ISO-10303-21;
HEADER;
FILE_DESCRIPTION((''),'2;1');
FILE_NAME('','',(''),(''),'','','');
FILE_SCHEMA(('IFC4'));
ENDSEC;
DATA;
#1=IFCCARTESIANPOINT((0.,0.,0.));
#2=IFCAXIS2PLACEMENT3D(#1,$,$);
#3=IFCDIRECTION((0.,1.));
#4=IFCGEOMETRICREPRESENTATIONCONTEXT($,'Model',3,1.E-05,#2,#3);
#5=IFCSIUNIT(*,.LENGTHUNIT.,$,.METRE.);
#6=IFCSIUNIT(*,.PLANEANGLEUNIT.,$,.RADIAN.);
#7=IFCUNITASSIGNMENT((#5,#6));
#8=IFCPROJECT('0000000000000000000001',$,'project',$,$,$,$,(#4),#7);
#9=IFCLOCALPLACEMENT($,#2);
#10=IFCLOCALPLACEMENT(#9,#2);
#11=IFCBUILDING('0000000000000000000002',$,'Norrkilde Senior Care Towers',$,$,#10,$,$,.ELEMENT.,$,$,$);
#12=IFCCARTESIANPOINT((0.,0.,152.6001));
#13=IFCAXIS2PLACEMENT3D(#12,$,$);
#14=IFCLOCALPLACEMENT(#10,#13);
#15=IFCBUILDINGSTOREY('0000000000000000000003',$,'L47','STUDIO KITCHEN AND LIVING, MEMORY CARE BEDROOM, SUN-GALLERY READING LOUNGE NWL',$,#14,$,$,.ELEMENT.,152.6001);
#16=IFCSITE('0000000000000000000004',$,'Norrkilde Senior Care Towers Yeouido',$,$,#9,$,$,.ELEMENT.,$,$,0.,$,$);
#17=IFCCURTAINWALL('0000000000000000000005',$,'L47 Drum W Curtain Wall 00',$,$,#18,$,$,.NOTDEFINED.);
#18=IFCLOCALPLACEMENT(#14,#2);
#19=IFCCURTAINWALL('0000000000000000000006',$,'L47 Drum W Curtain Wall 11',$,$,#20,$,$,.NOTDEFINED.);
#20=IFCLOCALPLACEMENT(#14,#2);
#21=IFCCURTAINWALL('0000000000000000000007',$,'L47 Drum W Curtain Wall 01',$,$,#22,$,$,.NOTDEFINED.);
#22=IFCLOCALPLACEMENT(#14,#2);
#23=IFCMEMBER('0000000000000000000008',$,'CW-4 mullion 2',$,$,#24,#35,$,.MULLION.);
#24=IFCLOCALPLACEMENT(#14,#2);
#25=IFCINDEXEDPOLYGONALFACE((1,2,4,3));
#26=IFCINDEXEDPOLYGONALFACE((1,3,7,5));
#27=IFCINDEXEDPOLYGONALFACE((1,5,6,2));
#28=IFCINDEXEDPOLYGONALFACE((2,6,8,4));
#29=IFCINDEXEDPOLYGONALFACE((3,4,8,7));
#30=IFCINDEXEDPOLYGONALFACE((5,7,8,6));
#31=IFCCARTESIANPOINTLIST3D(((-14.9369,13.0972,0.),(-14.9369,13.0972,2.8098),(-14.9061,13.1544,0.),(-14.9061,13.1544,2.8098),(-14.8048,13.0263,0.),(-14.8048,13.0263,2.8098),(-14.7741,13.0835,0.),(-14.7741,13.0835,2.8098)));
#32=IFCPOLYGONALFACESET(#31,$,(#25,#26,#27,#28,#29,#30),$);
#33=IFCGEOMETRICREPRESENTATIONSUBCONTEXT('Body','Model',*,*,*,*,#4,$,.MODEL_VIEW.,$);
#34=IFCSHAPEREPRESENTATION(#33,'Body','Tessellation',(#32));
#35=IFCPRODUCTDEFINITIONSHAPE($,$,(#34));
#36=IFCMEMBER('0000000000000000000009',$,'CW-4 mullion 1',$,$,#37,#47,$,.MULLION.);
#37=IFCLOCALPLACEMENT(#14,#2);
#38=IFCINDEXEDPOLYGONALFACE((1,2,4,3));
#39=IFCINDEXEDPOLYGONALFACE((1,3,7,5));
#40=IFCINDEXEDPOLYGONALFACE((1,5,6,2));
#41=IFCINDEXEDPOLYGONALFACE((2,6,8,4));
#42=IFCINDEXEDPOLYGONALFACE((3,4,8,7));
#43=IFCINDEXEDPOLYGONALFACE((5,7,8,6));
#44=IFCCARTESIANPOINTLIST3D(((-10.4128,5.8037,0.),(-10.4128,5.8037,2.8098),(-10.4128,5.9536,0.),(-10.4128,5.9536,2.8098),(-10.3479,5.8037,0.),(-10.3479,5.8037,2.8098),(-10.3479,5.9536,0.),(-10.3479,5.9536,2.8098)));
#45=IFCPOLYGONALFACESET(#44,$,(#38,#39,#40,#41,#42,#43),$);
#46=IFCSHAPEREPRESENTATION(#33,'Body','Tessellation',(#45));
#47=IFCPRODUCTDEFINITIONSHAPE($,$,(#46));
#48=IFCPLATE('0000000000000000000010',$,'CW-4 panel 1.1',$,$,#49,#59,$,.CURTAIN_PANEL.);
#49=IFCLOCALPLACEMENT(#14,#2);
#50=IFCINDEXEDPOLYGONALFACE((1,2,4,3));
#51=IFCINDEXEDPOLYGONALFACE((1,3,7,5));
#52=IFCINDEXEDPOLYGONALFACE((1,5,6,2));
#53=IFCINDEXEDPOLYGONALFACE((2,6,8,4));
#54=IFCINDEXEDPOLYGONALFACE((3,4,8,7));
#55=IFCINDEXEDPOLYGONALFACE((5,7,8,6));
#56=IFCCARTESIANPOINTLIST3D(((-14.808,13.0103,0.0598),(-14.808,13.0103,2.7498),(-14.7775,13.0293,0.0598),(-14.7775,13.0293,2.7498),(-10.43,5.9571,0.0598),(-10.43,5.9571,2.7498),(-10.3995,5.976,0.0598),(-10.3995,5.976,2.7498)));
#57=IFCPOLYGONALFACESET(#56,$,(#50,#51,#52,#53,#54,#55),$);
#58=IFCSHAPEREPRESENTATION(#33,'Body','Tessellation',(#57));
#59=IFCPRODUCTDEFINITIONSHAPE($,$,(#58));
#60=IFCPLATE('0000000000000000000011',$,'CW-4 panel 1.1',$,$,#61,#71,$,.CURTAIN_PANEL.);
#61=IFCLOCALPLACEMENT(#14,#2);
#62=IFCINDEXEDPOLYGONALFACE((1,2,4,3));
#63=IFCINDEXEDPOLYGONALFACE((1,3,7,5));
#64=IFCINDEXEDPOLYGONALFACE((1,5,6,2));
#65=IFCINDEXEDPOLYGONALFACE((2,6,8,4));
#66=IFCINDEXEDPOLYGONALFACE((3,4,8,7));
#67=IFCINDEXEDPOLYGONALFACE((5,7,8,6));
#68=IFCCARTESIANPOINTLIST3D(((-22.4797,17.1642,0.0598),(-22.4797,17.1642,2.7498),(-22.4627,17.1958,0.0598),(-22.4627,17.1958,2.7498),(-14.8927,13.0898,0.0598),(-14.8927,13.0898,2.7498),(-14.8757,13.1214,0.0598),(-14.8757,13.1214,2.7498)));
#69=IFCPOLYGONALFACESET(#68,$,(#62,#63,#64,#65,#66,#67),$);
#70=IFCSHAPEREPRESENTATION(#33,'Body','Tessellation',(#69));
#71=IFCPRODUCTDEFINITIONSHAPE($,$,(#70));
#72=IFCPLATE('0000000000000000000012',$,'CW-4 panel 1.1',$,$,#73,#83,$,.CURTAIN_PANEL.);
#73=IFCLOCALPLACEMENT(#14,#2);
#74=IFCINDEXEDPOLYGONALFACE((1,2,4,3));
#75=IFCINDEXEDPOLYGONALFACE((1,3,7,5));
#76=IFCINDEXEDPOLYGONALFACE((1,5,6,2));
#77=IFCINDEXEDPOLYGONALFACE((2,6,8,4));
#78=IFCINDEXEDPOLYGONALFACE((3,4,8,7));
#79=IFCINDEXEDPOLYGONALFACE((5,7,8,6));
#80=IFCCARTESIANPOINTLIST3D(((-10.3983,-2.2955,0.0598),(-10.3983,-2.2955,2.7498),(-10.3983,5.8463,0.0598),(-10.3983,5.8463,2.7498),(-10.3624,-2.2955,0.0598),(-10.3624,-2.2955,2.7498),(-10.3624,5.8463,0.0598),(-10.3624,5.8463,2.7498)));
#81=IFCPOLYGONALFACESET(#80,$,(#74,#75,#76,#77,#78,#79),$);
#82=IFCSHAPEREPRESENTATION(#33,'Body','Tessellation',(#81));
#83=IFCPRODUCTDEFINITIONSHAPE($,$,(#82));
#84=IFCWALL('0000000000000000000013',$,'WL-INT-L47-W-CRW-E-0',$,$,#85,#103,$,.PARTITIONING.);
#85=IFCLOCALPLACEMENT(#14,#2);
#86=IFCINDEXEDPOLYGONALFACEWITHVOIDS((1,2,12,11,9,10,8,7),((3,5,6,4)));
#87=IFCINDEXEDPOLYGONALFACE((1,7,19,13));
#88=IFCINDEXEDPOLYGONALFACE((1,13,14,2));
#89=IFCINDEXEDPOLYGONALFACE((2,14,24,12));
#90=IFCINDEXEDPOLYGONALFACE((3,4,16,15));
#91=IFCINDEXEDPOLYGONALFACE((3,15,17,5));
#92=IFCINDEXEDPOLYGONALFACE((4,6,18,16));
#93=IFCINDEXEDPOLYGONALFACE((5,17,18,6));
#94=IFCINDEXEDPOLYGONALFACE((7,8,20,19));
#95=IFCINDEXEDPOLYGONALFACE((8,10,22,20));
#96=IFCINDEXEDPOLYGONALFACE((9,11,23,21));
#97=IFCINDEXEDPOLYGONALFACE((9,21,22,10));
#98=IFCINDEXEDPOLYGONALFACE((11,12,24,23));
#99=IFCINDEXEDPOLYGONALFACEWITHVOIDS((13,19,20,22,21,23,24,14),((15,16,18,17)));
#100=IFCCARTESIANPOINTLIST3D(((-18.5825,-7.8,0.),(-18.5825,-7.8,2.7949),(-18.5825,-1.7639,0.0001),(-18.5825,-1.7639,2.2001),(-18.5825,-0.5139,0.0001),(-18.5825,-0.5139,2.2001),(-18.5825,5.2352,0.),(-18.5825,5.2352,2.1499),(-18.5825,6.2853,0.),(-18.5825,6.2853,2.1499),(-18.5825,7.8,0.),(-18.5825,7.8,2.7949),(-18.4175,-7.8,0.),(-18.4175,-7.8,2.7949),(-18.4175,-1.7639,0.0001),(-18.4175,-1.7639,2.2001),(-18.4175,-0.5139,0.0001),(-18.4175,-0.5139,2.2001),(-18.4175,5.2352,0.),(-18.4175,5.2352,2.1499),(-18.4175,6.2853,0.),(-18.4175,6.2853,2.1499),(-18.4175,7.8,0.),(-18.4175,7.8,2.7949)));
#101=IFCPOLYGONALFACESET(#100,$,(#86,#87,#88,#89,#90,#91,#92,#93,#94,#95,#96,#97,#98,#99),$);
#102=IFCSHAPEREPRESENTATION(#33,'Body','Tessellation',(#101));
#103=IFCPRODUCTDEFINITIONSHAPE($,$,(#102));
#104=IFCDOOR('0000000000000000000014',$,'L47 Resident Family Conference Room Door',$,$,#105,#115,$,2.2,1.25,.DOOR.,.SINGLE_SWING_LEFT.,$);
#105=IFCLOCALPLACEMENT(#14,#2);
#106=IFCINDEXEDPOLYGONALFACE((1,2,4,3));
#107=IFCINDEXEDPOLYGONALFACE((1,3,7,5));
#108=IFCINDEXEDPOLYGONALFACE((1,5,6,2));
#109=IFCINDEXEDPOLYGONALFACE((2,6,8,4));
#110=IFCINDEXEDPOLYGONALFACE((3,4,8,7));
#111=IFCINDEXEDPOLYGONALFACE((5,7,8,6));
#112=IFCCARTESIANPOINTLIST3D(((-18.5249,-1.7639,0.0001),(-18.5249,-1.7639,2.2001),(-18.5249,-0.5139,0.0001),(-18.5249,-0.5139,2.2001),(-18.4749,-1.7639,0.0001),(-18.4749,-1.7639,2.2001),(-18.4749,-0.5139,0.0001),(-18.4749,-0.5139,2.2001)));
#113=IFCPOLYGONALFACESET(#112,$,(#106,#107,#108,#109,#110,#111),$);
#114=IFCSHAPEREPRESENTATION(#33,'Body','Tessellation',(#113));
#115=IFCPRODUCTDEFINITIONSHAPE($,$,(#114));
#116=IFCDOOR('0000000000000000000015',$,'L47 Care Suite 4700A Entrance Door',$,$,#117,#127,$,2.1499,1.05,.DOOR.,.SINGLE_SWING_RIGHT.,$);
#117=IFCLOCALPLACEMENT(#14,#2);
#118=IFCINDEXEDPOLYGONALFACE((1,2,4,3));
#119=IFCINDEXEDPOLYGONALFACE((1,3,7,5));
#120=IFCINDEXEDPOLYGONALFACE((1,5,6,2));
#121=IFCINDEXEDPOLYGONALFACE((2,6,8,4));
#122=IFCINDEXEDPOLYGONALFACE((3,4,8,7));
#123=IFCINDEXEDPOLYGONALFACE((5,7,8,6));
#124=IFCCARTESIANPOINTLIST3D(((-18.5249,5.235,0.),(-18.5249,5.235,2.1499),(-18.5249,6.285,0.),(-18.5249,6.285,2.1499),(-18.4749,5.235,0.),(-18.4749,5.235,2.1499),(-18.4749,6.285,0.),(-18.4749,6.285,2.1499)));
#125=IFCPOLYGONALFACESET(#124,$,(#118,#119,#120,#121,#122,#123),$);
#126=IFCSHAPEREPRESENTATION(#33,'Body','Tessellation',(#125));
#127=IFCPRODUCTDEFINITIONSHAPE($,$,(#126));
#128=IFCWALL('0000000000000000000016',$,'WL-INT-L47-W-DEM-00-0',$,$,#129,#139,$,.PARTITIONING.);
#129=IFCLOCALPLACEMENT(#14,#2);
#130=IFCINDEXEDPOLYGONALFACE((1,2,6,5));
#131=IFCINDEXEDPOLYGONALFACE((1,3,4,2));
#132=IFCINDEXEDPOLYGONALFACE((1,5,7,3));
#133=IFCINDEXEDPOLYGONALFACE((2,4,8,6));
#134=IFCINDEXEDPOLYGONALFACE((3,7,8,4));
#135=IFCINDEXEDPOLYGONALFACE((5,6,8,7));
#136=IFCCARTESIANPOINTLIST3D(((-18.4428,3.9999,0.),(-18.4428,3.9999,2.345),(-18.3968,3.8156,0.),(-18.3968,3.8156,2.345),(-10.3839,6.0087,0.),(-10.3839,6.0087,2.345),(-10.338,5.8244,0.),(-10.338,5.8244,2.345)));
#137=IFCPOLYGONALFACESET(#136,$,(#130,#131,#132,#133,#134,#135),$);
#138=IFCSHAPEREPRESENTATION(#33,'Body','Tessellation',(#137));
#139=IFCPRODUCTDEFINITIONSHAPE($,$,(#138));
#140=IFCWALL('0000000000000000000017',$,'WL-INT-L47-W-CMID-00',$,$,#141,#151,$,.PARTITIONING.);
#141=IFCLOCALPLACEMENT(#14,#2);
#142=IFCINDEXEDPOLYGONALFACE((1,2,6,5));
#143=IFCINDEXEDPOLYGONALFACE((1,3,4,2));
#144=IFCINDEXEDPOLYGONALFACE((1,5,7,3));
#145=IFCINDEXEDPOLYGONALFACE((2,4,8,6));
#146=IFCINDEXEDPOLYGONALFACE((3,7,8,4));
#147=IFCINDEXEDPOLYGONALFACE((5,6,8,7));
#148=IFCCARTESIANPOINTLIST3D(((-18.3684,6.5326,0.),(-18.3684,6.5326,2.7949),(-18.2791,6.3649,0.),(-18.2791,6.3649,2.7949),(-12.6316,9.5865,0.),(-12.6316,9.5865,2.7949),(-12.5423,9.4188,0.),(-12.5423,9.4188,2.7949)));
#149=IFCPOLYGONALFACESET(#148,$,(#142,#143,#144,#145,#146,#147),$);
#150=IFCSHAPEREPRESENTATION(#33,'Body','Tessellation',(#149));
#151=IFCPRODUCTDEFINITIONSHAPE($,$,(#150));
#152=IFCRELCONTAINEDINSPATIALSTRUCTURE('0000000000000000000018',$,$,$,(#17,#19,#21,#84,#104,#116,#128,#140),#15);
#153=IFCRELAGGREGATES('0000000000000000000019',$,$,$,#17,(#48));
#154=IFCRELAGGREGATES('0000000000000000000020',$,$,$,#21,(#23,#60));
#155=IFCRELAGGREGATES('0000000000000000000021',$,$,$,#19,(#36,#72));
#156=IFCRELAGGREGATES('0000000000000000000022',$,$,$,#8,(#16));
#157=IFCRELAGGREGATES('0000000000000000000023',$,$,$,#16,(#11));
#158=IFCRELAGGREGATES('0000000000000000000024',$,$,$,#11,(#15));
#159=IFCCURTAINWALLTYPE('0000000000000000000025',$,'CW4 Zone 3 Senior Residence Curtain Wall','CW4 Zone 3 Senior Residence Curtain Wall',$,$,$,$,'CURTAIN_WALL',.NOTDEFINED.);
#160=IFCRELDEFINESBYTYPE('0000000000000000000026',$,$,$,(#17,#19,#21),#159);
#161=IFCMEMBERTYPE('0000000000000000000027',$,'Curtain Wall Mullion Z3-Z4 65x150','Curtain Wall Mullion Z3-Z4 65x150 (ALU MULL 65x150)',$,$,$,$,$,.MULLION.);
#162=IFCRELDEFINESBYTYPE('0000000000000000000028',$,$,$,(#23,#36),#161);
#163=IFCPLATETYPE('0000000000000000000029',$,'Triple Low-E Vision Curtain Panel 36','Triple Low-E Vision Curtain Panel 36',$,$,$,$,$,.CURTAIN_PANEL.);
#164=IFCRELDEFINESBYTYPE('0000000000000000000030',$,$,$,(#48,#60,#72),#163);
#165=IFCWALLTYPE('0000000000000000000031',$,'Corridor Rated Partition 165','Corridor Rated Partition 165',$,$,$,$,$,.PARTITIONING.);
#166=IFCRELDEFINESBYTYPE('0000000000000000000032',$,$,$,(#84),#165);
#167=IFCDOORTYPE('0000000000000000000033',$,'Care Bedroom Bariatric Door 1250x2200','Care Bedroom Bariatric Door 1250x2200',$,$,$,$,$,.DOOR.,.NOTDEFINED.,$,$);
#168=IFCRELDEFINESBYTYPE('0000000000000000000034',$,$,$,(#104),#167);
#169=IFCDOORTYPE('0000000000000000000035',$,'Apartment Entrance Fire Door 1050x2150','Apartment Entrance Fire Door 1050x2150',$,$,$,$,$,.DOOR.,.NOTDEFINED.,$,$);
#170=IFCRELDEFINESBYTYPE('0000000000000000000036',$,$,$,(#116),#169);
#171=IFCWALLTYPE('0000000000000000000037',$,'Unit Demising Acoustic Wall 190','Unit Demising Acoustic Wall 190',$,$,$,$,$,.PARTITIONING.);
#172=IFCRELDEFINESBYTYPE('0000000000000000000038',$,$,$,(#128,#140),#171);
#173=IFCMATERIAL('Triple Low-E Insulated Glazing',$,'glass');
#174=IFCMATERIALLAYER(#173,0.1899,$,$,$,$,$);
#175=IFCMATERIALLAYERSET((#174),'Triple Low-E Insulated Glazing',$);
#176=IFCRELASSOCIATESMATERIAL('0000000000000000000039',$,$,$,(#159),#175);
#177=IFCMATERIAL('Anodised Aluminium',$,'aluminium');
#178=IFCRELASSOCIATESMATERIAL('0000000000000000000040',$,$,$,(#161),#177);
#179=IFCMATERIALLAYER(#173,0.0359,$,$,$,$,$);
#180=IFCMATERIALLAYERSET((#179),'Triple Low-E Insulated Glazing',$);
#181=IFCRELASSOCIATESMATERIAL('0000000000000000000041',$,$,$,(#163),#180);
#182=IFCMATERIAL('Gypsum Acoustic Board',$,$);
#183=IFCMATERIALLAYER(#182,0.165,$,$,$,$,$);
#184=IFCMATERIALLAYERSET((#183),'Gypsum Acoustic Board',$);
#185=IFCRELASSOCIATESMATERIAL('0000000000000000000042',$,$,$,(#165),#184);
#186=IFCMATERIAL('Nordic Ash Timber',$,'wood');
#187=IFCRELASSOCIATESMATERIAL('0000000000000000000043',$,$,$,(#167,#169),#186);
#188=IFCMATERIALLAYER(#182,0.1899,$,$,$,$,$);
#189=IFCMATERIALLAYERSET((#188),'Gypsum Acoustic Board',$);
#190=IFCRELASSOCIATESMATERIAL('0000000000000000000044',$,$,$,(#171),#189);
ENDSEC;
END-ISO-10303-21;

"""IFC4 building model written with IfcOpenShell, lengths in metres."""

from ifc_helpers import new_model, si_unit, direction, frame, frame_2d, origin, origin_2d, place, context, subcontext, project, spatial, rectangle, extrude, source, transform, mapped, material, layer, layer_set, material_profile, profile_set, type_object, type_shapes, element, fill, aggregate, save


model = new_model("IFC4")

# Units and contexts
model_context = context("Model", 3, precision=1e-05, world=origin(), true_north=direction((0.0, 1.0)))
body_context = subcontext(model_context, "Body", "Model", "MODEL_VIEW")
ifc_project = project(units=[si_unit("LENGTHUNIT", "METRE"), si_unit("PLANEANGLEUNIT", "RADIAN")], contexts=[model_context])

# Site, building, storey
site_placement = place(None, origin())
site = spatial("IfcSite", under=ifc_project, at=site_placement, Name="Norrkilde Senior Care Towers Yeouido", CompositionType="ELEMENT", RefElevation=0.0)
building_placement = place(site_placement, origin())
building = spatial("IfcBuilding", under=site, at=building_placement, Name="Norrkilde Senior Care Towers", CompositionType="ELEMENT")
storey_placement = place(building_placement, frame((0.0, 0.0, 152.6001)))
storey = spatial("IfcBuildingStorey", under=building, at=storey_placement, Name="L47", Description="STUDIO KITCHEN AND LIVING, MEMORY CARE BEDROOM, SUN-GALLERY READING LOUNGE NWL", CompositionType="ELEMENT", Elevation=152.6001)

# Curtain walls
ifc_material_1 = material(Name="Triple Low-E Insulated Glazing", Category="glass")
ifc_layer_1 = layer(ifc_material_1, 0.1899)
ifc_layer_set_1 = layer_set([ifc_layer_1], Name="Triple Low-E Insulated Glazing")
curtain_wall_type = type_object("IfcCurtainWallType", Name="CW4 Zone 3 Senior Residence Curtain Wall", Description="CW4 Zone 3 Senior Residence Curtain Wall", ElementType="CURTAIN_WALL", PredefinedType="NOTDEFINED", material=ifc_layer_set_1)
curtain_wall_1_placement = place(storey_placement, origin())
curtain_wall_1 = element("IfcCurtainWall", 1, at=curtain_wall_1_placement, inside=storey, type_object=curtain_wall_type, Name="L47 Drum W Curtain Wall 00", PredefinedType="NOTDEFINED")
ifc_material_2 = material(Name="Anodised Aluminium", Category="aluminium")
curtain_wall_2_placement = place(storey_placement, origin())
curtain_wall_2 = element("IfcCurtainWall", 2, at=curtain_wall_2_placement, inside=storey, type_object=curtain_wall_type, Name="L47 Drum W Curtain Wall 11", PredefinedType="NOTDEFINED")

# Shared definitions
ifc_material_profile_1 = material_profile(ifc_material_2, rectangle(XDim=0.0649, YDim=0.1499, at=origin_2d()), Name="ALU MULL 65x150")
ifc_profile_set_1 = profile_set([ifc_material_profile_1], Name="Anodised Aluminium")
member_type_1 = type_object("IfcMemberType", Name="Curtain Wall Mullion Z3-Z4 65x150", Description="Curtain Wall Mullion Z3-Z4 65x150 (ALU MULL 65x150)", PredefinedType="MULLION", material=ifc_profile_set_1)
shared_shape_1 = source(origin(), body_context, "Body", "SweptSolid", [
    extrude(rectangle(XDim=0.0649, YDim=0.1499, at=origin_2d()), origin(), (0.0, 0.0, 1.0), 2.8098),
])
type_shapes(member_type_1, [shared_shape_1])

# Curtain wall, member
curtain_wall_3_placement = place(storey_placement, origin())
curtain_wall_3 = element("IfcCurtainWall", 3, at=curtain_wall_3_placement, inside=storey, type_object=curtain_wall_type, Name="L47 Drum W Curtain Wall 01", PredefinedType="NOTDEFINED")
member_1_placement = place(storey_placement, frame((-14.8555, 13.0903, 0.0), z_axis=(0.0, 0.0, 1.0), x_axis=(0.473117, 0.881, 0.0)))
member_1 = element("IfcMember", 4, at=member_1_placement, type_object=member_type_1, Name="CW-4 mullion 2", PredefinedType="MULLION", context=body_context, shape_type="MappedRepresentation", body=[
    mapped(shared_shape_1, transform((0.0, 0.0, 0.0), x_axis=(1.0, 0.0, 0.0), y_axis=(0.0, 1.0, 0.0), z_axis=(0.0, 0.0, 1.0), scale=1.0)),
])

# Member
member_2_placement = place(storey_placement, frame((-10.3804, 5.8787, 0.0), z_axis=(0.0, 0.0, 1.0), x_axis=(1.0, 0.0, 0.0)))
member_2 = element("IfcMember", 5, at=member_2_placement, type_object=member_type_1, Name="CW-4 mullion 1", PredefinedType="MULLION", context=body_context, shape_type="MappedRepresentation", body=[
    mapped(shared_shape_1, transform((0.0, 0.0, 0.0), x_axis=(1.0, 0.0, 0.0), y_axis=(0.0, 1.0, 0.0), z_axis=(0.0, 0.0, 1.0), scale=1.0)),
])

# Plates
ifc_layer_2 = layer(ifc_material_1, 0.0359)
ifc_layer_set_2 = layer_set([ifc_layer_2], Name="Triple Low-E Insulated Glazing")
plate_type = type_object("IfcPlateType", Name="Triple Low-E Vision Curtain Panel 36", Description="Triple Low-E Vision Curtain Panel 36", PredefinedType="CURTAIN_PANEL", material=ifc_layer_set_2)
shared_shape_2 = source(origin(), body_context, "Body", "SweptSolid", [
    extrude(rectangle(XDim=8.3015, YDim=0.0359, at=origin_2d()), origin(), (0.0, 0.0, 1.0), 2.6899),
])
plate_1_placement = place(storey_placement, frame((-12.6038, 9.4932, 0.0598), z_axis=(0.0, 0.0, 1.0), x_axis=(0.527373, -0.849634, 0.0)))
plate_1 = element("IfcPlate", 6, at=plate_1_placement, type_object=plate_type, Name="CW-4 panel 1.1", PredefinedType="CURTAIN_PANEL", context=body_context, shape_type="MappedRepresentation", body=[
    mapped(shared_shape_2, transform((0.0, 0.0, 0.0), x_axis=(1.0, 0.0, 0.0), y_axis=(0.0, 1.0, 0.0), z_axis=(0.0, 0.0, 1.0), scale=1.0)),
])
aggregate(curtain_wall_1, [plate_1])
shared_shape_3 = source(origin(), body_context, "Body", "SweptSolid", [
    extrude(rectangle(XDim=8.6118, YDim=0.0359, at=origin_2d()), origin(), (0.0, 0.0, 1.0), 2.6899),
])
plate_2_placement = place(storey_placement, frame((-18.6777, 15.1428, 0.0598), z_axis=(0.0, 0.0, 1.0), x_axis=(0.881, -0.473117, 0.0)))
plate_2 = element("IfcPlate", 7, at=plate_2_placement, type_object=plate_type, Name="CW-4 panel 1.1", PredefinedType="CURTAIN_PANEL", context=body_context, shape_type="MappedRepresentation", body=[
    mapped(shared_shape_3, transform((0.0, 0.0, 0.0), x_axis=(1.0, 0.0, 0.0), y_axis=(0.0, 1.0, 0.0), z_axis=(0.0, 0.0, 1.0), scale=1.0)),
])
aggregate(curtain_wall_3, [member_1, plate_2])
shared_shape_4 = source(origin(), body_context, "Body", "SweptSolid", [
    extrude(rectangle(XDim=8.1418, YDim=0.0359, at=origin_2d()), origin(), (0.0, 0.0, 1.0), 2.6899),
])
type_shapes(plate_type, [shared_shape_2, shared_shape_3, shared_shape_4])
plate_3_placement = place(storey_placement, frame((-10.3804, 1.7754, 0.0598), z_axis=(0.0, 0.0, 1.0), x_axis=(0.0, -1.0, 0.0)))
plate_3 = element("IfcPlate", 8, at=plate_3_placement, type_object=plate_type, Name="CW-4 panel 1.1", PredefinedType="CURTAIN_PANEL", context=body_context, shape_type="MappedRepresentation", body=[
    mapped(shared_shape_4, transform((0.0, 0.0, 0.0), x_axis=(1.0, 0.0, 0.0), y_axis=(0.0, 1.0, 0.0), z_axis=(0.0, 0.0, 1.0), scale=1.0)),
])
aggregate(curtain_wall_2, [member_2, plate_3])

# Wall, openings, doors
ifc_material_3 = material(Name="Gypsum Acoustic Board")
ifc_layer_3 = layer(ifc_material_3, 0.165)
ifc_layer_set_3 = layer_set([ifc_layer_3], Name="Gypsum Acoustic Board")
wall_type_1 = type_object("IfcWallType", Name="Corridor Rated Partition 165", Description="Corridor Rated Partition 165", PredefinedType="PARTITIONING", material=ifc_layer_set_3)
shared_shape_5 = source(origin(), body_context, "Body", "SweptSolid", [
    extrude(rectangle(XDim=15.6001, YDim=0.165, at=frame_2d((7.8, 0.0))), origin(), (0.0, 0.0, 1.0), 2.7949),
])
type_shapes(wall_type_1, [shared_shape_5])
wall_1_placement = place(storey_placement, frame((-18.5, 7.8, 0.0), z_axis=(0.0, 0.0, 1.0), x_axis=(0.0, -1.0, 0.0)))
wall_1 = element("IfcWall", 9, at=wall_1_placement, inside=storey, type_object=wall_type_1, Name="WL-INT-L47-W-CRW-E-0", PredefinedType="PARTITIONING", context=body_context, shape_type="MappedRepresentation", body=[
    mapped(shared_shape_5, transform((0.0, 0.0, 0.0), x_axis=(1.0, 0.0, 0.0), y_axis=(0.0, 1.0, 0.0), z_axis=(0.0, 0.0, 1.0), scale=1.0)),
])
opening_1_placement = place(wall_1_placement, frame((8.314, 0.0, 0.0)))
opening_1 = element("IfcOpeningElement", 10, at=opening_1_placement, cuts=wall_1, PredefinedType="OPENING", context=body_context, shape_type="SweptSolid", body=[
    extrude(rectangle(XDim=1.25, YDim=2.2, at=frame_2d((0.625, 1.1001))), frame((0.0, 0.0925, 0.0), z_axis=(0.0, -1.0, 0.0), x_axis=(1.0, 0.0, 0.0)), (0.0, 0.0, 1.0), 0.1851),
])
opening_2_placement = place(wall_1_placement, frame((1.5149, 0.0, 0.0)))
opening_2 = element("IfcOpeningElement", 11, at=opening_2_placement, cuts=wall_1, PredefinedType="OPENING", context=body_context, shape_type="SweptSolid", body=[
    extrude(rectangle(XDim=1.05, YDim=2.1499, at=frame_2d((0.5249, 1.075))), frame((0.0, 0.0925, 0.0), z_axis=(0.0, -1.0, 0.0), x_axis=(1.0, 0.0, 0.0)), (0.0, 0.0, 1.0), 0.1851),
])
ifc_material_4 = material(Name="Nordic Ash Timber", Category="wood")
door_type_1 = type_object("IfcDoorType", Name="Care Bedroom Bariatric Door 1250x2200", Description="Care Bedroom Bariatric Door 1250x2200", OperationType="NOTDEFINED", PredefinedType="DOOR", material=ifc_material_4)
shared_shape_6 = source(origin(), body_context, "Body", "SweptSolid", [
    extrude(rectangle(XDim=1.25, YDim=2.2, at=frame_2d((0.625, 1.1001))), frame((0.0, 0.0249, 0.0), z_axis=(0.0, -1.0, 0.0), x_axis=(1.0, 0.0, 0.0)), (0.0, 0.0, 1.0), 0.05),
])
type_shapes(door_type_1, [shared_shape_6])
door_1_placement = place(opening_1_placement, frame((1.25, 0.0, 0.0), z_axis=(0.0, 0.0, 1.0), x_axis=(-1.0, 0.0, 0.0)))
door_1 = element("IfcDoor", 12, at=door_1_placement, inside=storey, type_object=door_type_1, Name="L47 Resident Family Conference Room Door", OperationType="SINGLE_SWING_LEFT", OverallHeight=2.2, OverallWidth=1.25, PredefinedType="DOOR", context=body_context, shape_type="MappedRepresentation", body=[
    mapped(shared_shape_6, transform((0.0, 0.0, 0.0), x_axis=(1.0, 0.0, 0.0), y_axis=(0.0, 1.0, 0.0), z_axis=(0.0, 0.0, 1.0), scale=1.0)),
])
fill(opening_1, door_1)
door_type_2 = type_object("IfcDoorType", Name="Apartment Entrance Fire Door 1050x2150", Description="Apartment Entrance Fire Door 1050x2150", OperationType="NOTDEFINED", PredefinedType="DOOR", material=ifc_material_4)
shared_shape_7 = source(origin(), body_context, "Body", "SweptSolid", [
    extrude(rectangle(XDim=1.05, YDim=2.1499, at=frame_2d((0.5249, 1.075))), frame((0.0, 0.0249, 0.0), z_axis=(0.0, -1.0, 0.0), x_axis=(1.0, 0.0, 0.0)), (0.0, 0.0, 1.0), 0.05),
])
type_shapes(door_type_2, [shared_shape_7])
door_2_placement = place(opening_2_placement, frame((1.05, 0.0, 0.0), z_axis=(0.0, 0.0, 1.0), x_axis=(-1.0, 0.0, 0.0)))
door_2 = element("IfcDoor", 13, at=door_2_placement, inside=storey, type_object=door_type_2, Name="L47 Care Suite 4700A Entrance Door", OperationType="SINGLE_SWING_RIGHT", OverallHeight=2.1499, OverallWidth=1.05, PredefinedType="DOOR", context=body_context, shape_type="MappedRepresentation", body=[
    mapped(shared_shape_7, transform((0.0, 0.0, 0.0), x_axis=(1.0, 0.0, 0.0), y_axis=(0.0, 1.0, 0.0), z_axis=(0.0, 0.0, 1.0), scale=1.0)),
])
fill(opening_2, door_2)

# Walls
ifc_layer_4 = layer(ifc_material_3, 0.1899)
ifc_layer_set_4 = layer_set([ifc_layer_4], Name="Gypsum Acoustic Board")
wall_type_2 = type_object("IfcWallType", Name="Unit Demising Acoustic Wall 190", Description="Unit Demising Acoustic Wall 190", PredefinedType="PARTITIONING", material=ifc_layer_set_4)
shared_shape_8 = source(origin(), body_context, "Body", "SweptSolid", [
    extrude(rectangle(XDim=8.3054, YDim=0.1899, at=frame_2d((4.1528, 0.0))), origin(), (0.0, 0.0, 1.0), 2.345),
])
wall_2_placement = place(storey_placement, frame((-18.4199, 3.9077, 0.0), z_axis=(0.0, 0.0, 1.0), x_axis=(0.97031, 0.241865, 0.0)))
element("IfcWall", 14, at=wall_2_placement, inside=storey, type_object=wall_type_2, Name="WL-INT-L47-W-DEM-00-0", PredefinedType="PARTITIONING", context=body_context, shape_type="MappedRepresentation", body=[
    mapped(shared_shape_8, transform((0.0, 0.0, 0.0), x_axis=(1.0, 0.0, 0.0), y_axis=(0.0, 1.0, 0.0), z_axis=(0.0, 0.0, 1.0), scale=1.0)),
])
shared_shape_9 = source(origin(), body_context, "Body", "SweptSolid", [
    extrude(rectangle(XDim=6.499, YDim=0.1899, at=frame_2d((3.2495, 0.0))), origin(), (0.0, 0.0, 1.0), 2.7949),
])
type_shapes(wall_type_2, [shared_shape_8, shared_shape_9])
wall_3_placement = place(storey_placement, frame((-18.3237, 6.4487, 0.0), z_axis=(0.0, 0.0, 1.0), x_axis=(0.882716, 0.469908, 0.0)))
element("IfcWall", 15, at=wall_3_placement, inside=storey, type_object=wall_type_2, Name="WL-INT-L47-W-CMID-00", PredefinedType="PARTITIONING", context=body_context, shape_type="MappedRepresentation", body=[
    mapped(shared_shape_9, transform((0.0, 0.0, 0.0), x_axis=(1.0, 0.0, 0.0), y_axis=(0.0, 1.0, 0.0), z_axis=(0.0, 0.0, 1.0), scale=1.0)),
])

save(model, "model.ifc")
